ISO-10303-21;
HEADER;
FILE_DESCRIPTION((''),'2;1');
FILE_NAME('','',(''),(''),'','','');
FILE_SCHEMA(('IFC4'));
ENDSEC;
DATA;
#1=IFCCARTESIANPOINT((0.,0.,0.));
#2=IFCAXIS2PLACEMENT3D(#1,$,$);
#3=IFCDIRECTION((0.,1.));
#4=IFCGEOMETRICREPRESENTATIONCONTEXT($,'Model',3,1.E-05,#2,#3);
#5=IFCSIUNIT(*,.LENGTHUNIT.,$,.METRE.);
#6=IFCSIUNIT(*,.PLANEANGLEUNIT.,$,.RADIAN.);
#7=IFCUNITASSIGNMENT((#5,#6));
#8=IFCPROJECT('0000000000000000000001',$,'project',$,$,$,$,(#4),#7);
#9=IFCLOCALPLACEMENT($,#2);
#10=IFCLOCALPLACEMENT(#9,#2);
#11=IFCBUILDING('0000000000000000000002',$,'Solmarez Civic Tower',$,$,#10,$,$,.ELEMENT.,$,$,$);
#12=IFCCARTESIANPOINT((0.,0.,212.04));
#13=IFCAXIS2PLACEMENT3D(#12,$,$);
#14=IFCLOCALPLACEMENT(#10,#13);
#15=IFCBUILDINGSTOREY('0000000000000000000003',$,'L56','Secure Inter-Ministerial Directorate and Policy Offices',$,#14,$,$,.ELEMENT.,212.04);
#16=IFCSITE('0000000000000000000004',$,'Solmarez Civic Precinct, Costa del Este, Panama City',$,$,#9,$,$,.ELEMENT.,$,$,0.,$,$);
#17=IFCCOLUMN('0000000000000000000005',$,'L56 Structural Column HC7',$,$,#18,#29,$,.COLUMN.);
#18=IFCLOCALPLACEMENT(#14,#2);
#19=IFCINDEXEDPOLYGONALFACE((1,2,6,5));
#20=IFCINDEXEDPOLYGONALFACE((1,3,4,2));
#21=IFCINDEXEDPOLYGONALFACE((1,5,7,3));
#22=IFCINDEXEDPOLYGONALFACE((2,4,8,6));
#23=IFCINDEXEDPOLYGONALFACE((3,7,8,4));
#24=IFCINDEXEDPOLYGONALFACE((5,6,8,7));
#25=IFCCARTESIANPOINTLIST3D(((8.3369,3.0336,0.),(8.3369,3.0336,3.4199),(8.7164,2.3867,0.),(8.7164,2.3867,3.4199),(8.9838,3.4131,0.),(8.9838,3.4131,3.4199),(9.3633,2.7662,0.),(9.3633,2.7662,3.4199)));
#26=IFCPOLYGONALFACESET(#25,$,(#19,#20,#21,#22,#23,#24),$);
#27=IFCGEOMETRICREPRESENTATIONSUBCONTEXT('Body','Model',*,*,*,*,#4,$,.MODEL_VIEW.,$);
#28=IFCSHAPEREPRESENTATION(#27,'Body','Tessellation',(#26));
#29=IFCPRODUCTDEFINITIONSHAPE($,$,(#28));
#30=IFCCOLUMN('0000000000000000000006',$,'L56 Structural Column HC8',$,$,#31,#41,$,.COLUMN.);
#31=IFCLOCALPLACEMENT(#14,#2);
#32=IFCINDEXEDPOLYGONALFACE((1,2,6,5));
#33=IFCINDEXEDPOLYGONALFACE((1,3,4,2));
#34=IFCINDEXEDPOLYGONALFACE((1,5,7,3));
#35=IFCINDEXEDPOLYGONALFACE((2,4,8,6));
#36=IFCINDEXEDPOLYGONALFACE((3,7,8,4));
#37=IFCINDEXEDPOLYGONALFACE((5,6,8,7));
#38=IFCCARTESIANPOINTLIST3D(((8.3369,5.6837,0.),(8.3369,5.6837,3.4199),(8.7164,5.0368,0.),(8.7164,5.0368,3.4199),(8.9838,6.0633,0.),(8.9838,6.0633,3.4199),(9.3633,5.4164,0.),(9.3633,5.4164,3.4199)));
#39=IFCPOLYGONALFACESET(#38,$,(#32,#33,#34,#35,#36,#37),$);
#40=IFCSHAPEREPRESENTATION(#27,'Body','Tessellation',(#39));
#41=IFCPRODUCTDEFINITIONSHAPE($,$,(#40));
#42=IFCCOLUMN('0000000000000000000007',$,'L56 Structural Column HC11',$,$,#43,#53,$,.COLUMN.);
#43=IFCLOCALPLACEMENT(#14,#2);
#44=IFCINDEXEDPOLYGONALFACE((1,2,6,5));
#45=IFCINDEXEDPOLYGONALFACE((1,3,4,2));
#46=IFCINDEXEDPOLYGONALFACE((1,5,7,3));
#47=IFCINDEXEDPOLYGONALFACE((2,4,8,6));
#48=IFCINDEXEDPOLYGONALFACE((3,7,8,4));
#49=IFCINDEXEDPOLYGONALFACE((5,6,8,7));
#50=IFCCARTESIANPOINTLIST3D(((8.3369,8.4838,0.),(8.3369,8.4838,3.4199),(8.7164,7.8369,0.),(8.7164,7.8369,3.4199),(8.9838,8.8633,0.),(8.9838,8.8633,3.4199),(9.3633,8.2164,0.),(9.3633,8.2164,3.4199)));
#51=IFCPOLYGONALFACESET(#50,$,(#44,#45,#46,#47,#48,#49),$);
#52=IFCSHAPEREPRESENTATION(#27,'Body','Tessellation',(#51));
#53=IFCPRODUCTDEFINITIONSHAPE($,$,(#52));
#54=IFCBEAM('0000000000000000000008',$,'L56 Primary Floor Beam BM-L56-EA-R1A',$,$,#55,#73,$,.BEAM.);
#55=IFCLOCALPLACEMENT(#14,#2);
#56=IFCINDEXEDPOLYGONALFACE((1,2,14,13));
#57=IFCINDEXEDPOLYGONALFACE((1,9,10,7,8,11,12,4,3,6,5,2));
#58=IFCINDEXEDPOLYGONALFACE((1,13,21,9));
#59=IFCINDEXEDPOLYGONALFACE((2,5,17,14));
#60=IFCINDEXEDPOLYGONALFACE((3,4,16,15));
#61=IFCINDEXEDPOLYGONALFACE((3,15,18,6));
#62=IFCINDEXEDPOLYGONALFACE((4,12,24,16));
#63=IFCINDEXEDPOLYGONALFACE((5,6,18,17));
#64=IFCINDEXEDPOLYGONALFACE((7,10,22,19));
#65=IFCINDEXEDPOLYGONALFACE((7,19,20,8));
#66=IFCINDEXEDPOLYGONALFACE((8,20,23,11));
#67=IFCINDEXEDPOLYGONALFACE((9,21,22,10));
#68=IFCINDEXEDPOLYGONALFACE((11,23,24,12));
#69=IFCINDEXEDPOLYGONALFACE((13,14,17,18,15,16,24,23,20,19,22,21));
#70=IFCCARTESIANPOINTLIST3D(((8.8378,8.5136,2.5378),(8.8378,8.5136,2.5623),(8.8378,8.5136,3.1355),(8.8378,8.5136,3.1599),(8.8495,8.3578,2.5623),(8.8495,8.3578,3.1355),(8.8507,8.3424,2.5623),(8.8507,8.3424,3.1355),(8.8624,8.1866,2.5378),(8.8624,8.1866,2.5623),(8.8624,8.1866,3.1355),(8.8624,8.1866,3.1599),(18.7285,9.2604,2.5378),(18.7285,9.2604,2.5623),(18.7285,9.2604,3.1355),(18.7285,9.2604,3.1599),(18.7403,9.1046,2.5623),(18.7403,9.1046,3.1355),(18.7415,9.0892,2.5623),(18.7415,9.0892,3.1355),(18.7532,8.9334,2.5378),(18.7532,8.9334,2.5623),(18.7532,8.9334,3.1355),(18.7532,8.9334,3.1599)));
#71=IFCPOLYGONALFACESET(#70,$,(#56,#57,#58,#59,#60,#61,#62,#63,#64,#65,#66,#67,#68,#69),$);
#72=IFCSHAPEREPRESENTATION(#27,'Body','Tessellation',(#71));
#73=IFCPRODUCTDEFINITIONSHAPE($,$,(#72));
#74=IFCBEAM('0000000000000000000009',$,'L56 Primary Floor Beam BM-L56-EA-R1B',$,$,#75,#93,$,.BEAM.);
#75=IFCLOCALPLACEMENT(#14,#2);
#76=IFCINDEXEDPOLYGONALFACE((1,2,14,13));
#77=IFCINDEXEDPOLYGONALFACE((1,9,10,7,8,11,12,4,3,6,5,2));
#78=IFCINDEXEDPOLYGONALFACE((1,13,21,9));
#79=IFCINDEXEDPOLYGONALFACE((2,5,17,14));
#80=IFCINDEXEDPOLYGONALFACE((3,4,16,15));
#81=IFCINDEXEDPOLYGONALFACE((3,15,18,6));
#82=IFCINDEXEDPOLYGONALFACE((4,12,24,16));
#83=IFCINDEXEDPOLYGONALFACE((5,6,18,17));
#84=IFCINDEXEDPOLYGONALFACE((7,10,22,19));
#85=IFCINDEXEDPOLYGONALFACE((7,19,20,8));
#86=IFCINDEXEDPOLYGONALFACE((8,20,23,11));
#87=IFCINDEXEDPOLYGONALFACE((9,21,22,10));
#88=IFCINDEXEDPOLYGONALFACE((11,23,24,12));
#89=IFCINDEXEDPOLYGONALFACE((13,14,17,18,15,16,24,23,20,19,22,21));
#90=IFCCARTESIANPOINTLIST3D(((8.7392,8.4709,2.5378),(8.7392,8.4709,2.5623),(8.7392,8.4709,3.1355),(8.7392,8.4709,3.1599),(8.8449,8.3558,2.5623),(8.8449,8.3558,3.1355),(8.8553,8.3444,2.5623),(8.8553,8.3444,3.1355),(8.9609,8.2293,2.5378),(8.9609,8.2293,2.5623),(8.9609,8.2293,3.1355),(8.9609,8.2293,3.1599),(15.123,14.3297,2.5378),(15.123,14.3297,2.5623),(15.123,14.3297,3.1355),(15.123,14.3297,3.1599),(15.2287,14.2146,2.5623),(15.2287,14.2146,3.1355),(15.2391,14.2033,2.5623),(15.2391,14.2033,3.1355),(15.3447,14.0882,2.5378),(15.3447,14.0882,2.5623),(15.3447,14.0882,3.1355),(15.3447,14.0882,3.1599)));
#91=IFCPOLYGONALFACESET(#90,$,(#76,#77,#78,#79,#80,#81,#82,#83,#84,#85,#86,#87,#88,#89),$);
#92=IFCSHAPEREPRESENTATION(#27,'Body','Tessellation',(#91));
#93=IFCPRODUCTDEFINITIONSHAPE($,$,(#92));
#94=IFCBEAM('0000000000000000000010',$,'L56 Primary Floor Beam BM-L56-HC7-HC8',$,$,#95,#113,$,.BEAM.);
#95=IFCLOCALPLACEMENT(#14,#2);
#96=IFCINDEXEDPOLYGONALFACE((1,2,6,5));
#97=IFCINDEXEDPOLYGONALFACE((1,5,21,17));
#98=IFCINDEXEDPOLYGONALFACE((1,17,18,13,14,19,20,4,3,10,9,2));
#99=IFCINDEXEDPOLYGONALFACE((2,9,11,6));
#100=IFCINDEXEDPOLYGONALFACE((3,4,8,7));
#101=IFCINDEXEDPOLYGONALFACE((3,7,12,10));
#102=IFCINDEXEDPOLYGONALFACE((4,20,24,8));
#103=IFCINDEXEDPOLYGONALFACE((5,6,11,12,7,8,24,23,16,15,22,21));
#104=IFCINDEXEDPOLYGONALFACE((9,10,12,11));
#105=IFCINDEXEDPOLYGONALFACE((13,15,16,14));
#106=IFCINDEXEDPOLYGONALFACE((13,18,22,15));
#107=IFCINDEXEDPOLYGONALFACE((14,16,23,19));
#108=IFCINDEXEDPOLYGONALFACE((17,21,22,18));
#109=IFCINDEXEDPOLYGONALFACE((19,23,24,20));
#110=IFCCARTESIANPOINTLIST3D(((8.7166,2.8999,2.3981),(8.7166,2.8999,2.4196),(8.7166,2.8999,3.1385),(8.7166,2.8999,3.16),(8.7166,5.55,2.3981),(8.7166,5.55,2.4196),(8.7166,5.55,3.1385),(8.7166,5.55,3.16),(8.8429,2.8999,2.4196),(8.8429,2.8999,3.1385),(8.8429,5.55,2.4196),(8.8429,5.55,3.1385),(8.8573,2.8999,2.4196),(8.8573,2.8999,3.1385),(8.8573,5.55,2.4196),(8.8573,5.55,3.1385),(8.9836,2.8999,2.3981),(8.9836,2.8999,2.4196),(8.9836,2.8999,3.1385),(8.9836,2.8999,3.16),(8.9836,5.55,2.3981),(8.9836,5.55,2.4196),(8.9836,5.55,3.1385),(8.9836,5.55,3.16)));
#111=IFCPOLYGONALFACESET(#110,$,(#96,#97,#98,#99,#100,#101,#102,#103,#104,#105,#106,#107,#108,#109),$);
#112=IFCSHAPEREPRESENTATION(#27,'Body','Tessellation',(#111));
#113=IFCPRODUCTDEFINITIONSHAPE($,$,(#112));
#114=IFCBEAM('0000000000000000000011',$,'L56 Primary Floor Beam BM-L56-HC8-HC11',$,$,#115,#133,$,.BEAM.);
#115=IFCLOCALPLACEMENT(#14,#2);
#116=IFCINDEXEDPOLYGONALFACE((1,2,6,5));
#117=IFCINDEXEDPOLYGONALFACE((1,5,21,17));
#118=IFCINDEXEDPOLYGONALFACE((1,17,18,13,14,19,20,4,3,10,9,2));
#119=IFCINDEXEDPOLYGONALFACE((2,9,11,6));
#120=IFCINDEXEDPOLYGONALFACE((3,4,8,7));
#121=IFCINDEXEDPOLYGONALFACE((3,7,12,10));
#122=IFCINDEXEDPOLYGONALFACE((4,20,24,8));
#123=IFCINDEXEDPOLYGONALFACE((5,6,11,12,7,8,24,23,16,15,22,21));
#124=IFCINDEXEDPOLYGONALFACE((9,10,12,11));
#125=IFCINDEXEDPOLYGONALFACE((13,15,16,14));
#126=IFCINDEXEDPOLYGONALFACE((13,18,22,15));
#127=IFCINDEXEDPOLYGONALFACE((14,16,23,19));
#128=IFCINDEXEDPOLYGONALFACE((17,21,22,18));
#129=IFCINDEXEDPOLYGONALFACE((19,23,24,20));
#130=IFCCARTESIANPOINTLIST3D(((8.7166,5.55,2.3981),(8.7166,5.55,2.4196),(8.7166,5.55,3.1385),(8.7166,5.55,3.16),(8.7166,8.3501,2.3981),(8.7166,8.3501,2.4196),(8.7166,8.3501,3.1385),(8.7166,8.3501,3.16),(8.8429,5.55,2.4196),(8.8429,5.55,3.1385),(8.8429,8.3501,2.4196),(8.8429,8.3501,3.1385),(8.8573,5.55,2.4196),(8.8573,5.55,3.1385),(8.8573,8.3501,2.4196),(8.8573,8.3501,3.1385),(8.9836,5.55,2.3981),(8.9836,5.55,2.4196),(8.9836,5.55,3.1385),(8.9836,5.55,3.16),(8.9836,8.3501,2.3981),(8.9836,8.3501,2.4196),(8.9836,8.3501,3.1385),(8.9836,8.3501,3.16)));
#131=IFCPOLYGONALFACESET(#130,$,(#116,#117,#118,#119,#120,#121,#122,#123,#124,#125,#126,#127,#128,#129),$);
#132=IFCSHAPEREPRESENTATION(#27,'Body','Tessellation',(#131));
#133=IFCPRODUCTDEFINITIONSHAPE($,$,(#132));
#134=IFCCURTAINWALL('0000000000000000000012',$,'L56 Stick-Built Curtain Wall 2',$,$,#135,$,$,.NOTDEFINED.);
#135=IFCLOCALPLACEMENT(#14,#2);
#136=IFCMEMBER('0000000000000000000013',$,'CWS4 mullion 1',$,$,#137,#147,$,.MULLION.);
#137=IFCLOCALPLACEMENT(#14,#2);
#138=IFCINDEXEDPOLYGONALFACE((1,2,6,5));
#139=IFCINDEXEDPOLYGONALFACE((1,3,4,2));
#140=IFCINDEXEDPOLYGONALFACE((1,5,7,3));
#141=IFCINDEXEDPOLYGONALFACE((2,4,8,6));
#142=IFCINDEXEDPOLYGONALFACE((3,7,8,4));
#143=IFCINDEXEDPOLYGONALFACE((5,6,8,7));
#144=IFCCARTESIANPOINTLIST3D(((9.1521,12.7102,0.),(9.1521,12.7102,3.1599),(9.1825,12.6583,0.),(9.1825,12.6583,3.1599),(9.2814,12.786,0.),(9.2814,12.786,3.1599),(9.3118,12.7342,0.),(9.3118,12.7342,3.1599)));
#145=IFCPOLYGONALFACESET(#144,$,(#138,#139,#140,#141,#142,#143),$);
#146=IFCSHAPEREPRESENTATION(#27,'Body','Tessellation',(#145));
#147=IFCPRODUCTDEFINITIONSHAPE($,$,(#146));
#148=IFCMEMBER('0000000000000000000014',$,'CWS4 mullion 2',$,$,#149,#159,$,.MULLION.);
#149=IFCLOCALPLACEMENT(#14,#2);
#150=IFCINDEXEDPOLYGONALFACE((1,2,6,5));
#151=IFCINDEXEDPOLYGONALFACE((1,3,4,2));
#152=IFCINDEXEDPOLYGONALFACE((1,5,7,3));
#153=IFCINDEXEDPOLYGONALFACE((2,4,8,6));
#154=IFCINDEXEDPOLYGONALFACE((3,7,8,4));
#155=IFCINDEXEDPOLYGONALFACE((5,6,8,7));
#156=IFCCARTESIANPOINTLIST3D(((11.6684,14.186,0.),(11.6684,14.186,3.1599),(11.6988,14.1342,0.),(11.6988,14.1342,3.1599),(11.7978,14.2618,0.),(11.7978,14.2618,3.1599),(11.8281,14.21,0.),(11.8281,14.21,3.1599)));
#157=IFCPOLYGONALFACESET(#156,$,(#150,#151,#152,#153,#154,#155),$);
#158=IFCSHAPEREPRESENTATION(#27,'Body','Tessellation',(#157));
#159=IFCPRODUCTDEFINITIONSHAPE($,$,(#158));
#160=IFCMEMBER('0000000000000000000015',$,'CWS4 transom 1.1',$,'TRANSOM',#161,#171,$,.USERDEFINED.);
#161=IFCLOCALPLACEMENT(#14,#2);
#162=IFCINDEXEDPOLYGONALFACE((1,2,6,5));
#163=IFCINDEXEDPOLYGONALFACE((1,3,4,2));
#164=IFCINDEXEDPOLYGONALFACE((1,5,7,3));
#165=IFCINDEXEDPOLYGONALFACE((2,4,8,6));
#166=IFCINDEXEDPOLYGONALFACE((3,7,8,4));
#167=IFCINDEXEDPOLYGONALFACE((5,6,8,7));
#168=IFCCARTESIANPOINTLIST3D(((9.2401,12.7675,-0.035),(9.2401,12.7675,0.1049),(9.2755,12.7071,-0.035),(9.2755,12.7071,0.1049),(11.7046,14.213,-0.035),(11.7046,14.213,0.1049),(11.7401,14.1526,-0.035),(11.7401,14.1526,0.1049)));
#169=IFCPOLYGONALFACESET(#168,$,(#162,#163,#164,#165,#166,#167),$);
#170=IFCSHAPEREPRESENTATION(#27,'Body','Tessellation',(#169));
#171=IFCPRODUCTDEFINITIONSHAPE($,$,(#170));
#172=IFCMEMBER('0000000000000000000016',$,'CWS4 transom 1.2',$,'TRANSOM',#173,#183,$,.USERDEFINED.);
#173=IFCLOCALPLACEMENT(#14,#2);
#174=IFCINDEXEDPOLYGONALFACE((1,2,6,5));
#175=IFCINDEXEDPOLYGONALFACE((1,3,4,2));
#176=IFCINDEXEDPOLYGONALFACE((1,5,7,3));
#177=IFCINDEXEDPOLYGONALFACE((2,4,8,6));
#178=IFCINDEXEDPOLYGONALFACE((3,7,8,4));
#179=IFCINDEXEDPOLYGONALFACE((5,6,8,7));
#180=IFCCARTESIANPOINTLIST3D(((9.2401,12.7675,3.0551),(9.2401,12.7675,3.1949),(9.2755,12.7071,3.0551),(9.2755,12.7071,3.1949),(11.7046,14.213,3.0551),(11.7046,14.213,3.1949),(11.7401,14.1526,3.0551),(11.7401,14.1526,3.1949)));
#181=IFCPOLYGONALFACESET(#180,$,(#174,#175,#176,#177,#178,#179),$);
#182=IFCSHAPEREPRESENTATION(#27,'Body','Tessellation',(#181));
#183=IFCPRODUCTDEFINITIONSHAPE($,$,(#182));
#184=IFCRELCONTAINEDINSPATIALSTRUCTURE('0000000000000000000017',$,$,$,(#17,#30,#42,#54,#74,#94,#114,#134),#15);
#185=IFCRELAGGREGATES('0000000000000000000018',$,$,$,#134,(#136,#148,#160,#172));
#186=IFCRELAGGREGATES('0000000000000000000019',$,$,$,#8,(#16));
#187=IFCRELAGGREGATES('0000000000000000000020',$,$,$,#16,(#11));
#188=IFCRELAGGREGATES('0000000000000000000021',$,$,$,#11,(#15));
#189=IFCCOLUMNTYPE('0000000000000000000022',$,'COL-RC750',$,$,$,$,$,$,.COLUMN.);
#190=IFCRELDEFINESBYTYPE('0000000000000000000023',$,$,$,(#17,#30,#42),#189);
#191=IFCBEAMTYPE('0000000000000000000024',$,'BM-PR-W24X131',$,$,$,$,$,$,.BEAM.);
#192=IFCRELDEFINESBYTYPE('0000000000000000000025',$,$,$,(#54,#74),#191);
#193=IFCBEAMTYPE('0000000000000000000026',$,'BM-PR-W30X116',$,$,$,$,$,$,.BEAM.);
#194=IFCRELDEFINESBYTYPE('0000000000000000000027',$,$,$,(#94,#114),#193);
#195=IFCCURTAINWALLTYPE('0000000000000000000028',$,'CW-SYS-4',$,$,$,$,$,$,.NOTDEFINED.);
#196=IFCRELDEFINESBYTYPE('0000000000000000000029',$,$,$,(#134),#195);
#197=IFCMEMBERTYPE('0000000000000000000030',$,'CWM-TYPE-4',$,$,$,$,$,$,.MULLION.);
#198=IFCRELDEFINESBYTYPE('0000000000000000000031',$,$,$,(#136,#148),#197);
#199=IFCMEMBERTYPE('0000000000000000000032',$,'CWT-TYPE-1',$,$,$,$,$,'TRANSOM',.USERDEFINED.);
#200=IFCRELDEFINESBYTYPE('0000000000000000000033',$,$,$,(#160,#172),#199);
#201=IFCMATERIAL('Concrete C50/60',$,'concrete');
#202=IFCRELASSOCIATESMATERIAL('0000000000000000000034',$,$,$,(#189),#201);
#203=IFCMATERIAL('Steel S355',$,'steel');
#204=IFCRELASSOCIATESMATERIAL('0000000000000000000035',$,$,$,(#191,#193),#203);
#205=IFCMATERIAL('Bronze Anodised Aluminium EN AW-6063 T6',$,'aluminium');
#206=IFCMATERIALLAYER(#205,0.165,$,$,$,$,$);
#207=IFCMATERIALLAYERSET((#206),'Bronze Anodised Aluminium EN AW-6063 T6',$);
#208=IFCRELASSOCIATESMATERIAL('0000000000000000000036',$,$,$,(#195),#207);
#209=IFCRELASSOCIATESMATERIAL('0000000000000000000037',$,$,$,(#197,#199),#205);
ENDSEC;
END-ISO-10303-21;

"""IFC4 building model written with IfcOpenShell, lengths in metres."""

from ifc_helpers import new_model, si_unit, direction, frame, origin, origin_2d, place, context, subcontext, project, spatial, rectangle, i_section, extrude, material, layer, layer_set, material_profile, profile_set, type_object, element, aggregate, save


model = new_model("IFC4")

# Units and contexts
model_context = context("Model", 3, precision=1e-05, world=origin(), true_north=direction((0.0, 1.0)))
body_context = subcontext(model_context, "Body", "Model", "MODEL_VIEW")
ifc_project = project(units=[si_unit("LENGTHUNIT", "METRE"), si_unit("PLANEANGLEUNIT", "RADIAN")], contexts=[model_context])

# Site, building, storey
site_placement = place(None, origin())
site = spatial("IfcSite", under=ifc_project, at=site_placement, Name="Solmarez Civic Precinct, Costa del Este, Panama City", CompositionType="ELEMENT", RefElevation=0.0)
building_placement = place(site_placement, origin())
building = spatial("IfcBuilding", under=site, at=building_placement, Name="Solmarez Civic Tower", CompositionType="ELEMENT")
storey_placement = place(building_placement, frame((0.0, 0.0, 212.04)))
storey = spatial("IfcBuildingStorey", under=building, at=storey_placement, Name="L56", Description="Secure Inter-Ministerial Directorate and Policy Offices", CompositionType="ELEMENT", Elevation=212.04)

# Columns
ifc_material_1 = material(Name="Concrete C50/60", Category="concrete")
ifc_material_profile_1 = material_profile(ifc_material_1, rectangle(XDim=0.75, YDim=0.75, at=origin_2d()), Name="RC750X750")
ifc_profile_set_1 = profile_set([ifc_material_profile_1], Name="Concrete C50/60")
column_type = type_object("IfcColumnType", Name="COL-RC750", PredefinedType="COLUMN", material=ifc_profile_set_1)
for number, where, z_axis, x_axis, name in (
    (1, (8.8501, 2.8999, 0.0), (0.0, 0.0, 1.0), (0.862514, 0.506034, 0.0), "L56 Structural Column HC7"),
    (2, (8.8501, 5.55, 0.0), (0.0, 0.0, 1.0), (0.862514, 0.506034, 0.0), "L56 Structural Column HC8"),
    (3, (8.8501, 8.3501, 0.0), (0.0, 0.0, 1.0), (0.862514, 0.506034, 0.0), "L56 Structural Column HC11"),
):
    element("IfcColumn", number, at=place(storey_placement, frame(where, z_axis=z_axis, x_axis=x_axis)), inside=storey, type_object=column_type, Name=name, PredefinedType="COLUMN", context=body_context, shape_type="SweptSolid", body=[
        extrude(rectangle(XDim=0.75, YDim=0.75, at=origin_2d()), origin(), (0.0, 0.0, 1.0), 3.4199),
    ])

# Beams
ifc_material_2 = material(Name="Steel S355", Category="steel")
ifc_material_profile_2 = material_profile(ifc_material_2, i_section(OverallWidth=0.3279, OverallDepth=0.6221, WebThickness=0.0154, FlangeThickness=0.0244, at=origin_2d()), Name="W24X131")
ifc_profile_set_2 = profile_set([ifc_material_profile_2], Name="Steel S355")
beam_type_1 = type_object("IfcBeamType", Name="BM-PR-W24X131", PredefinedType="BEAM", material=ifc_profile_set_2)
beam_1_placement = place(storey_placement, frame((8.8501, 8.3501, 2.8489), z_axis=(0.997162, 0.075292, 0.0), x_axis=(-0.075292, 0.997162, 0.0)))
element("IfcBeam", 4, at=beam_1_placement, inside=storey, type_object=beam_type_1, Name="L56 Primary Floor Beam BM-L56-EA-R1A", PredefinedType="BEAM", context=body_context, shape_type="SweptSolid", body=[
    extrude(i_section(OverallWidth=0.3279, OverallDepth=0.6221, WebThickness=0.0154, FlangeThickness=0.0244, at=origin_2d()), origin(), (0.0, 0.0, 1.0), 9.9189),
])
beam_2_placement = place(storey_placement, frame((8.8501, 8.3501, 2.8489), z_axis=(0.736747, 0.676169, 0.0), x_axis=(-0.676169, 0.736747, 0.0)))
element("IfcBeam", 5, at=beam_2_placement, inside=storey, type_object=beam_type_1, Name="L56 Primary Floor Beam BM-L56-EA-R1B", PredefinedType="BEAM", context=body_context, shape_type="SweptSolid", body=[
    extrude(i_section(OverallWidth=0.3279, OverallDepth=0.6221, WebThickness=0.0154, FlangeThickness=0.0244, at=origin_2d()), origin(), (0.0, 0.0, 1.0), 8.6648),
])
ifc_material_profile_3 = material_profile(ifc_material_2, i_section(OverallWidth=0.2671, OverallDepth=0.762, WebThickness=0.0144, FlangeThickness=0.0215, at=origin_2d()), Name="W30X116")
ifc_profile_set_3 = profile_set([ifc_material_profile_3], Name="Steel S355")
beam_type_2 = type_object("IfcBeamType", Name="BM-PR-W30X116", PredefinedType="BEAM", material=ifc_profile_set_3)
beam_3_placement = place(storey_placement, frame((8.8501, 2.8999, 2.7791), z_axis=(0.0, 1.0, 0.0), x_axis=(-1.0, 0.0, 0.0)))
element("IfcBeam", 6, at=beam_3_placement, inside=storey, type_object=beam_type_2, Name="L56 Primary Floor Beam BM-L56-HC7-HC8", PredefinedType="BEAM", context=body_context, shape_type="SweptSolid", body=[
    extrude(i_section(OverallWidth=0.2671, OverallDepth=0.762, WebThickness=0.0144, FlangeThickness=0.0215, at=origin_2d()), origin(), (0.0, 0.0, 1.0), 2.6501),
])
beam_4_placement = place(storey_placement, frame((8.8501, 5.55, 2.7791), z_axis=(0.0, 1.0, 0.0), x_axis=(-1.0, 0.0, 0.0)))
element("IfcBeam", 7, at=beam_4_placement, inside=storey, type_object=beam_type_2, Name="L56 Primary Floor Beam BM-L56-HC8-HC11", PredefinedType="BEAM", context=body_context, shape_type="SweptSolid", body=[
    extrude(i_section(OverallWidth=0.2671, OverallDepth=0.762, WebThickness=0.0144, FlangeThickness=0.0215, at=origin_2d()), origin(), (0.0, 0.0, 1.0), 2.8),
])

# Curtain wall, members
ifc_material_3 = material(Name="Bronze Anodised Aluminium EN AW-6063 T6", Category="aluminium")
ifc_layer_1 = layer(ifc_material_3, 0.165)
ifc_layer_set_1 = layer_set([ifc_layer_1], Name="Bronze Anodised Aluminium EN AW-6063 T6")
curtain_wall_type = type_object("IfcCurtainWallType", Name="CW-SYS-4", PredefinedType="NOTDEFINED", material=ifc_layer_set_1)
curtain_wall_placement = place(storey_placement, origin())
curtain_wall = element("IfcCurtainWall", 8, at=curtain_wall_placement, inside=storey, type_object=curtain_wall_type, Name="L56 Stick-Built Curtain Wall 2", PredefinedType="NOTDEFINED")
ifc_material_profile_4 = material_profile(ifc_material_3, rectangle(XDim=0.0601, YDim=0.1499, at=origin_2d()), Name="CWM-60X150")
ifc_profile_set_4 = profile_set([ifc_material_profile_4], Name="Bronze Anodised Aluminium EN AW-6063 T6")
member_type_1 = type_object("IfcMemberType", Name="CWM-TYPE-4", PredefinedType="MULLION", material=ifc_profile_set_4)
member_1_placement = place(storey_placement, frame((9.2319, 12.7222, 0.0), z_axis=(0.0, 0.0, 1.0), x_axis=(-0.505888, 0.862599, 0.0)))
member_1 = element("IfcMember", 9, at=member_1_placement, type_object=member_type_1, Name="CWS4 mullion 1", PredefinedType="MULLION", context=body_context, shape_type="SweptSolid", body=[
    extrude(rectangle(XDim=0.0601, YDim=0.1499, at=origin_2d()), origin(), (0.0, 0.0, 1.0), 3.1599),
])
member_2_placement = place(storey_placement, frame((11.7483, 14.198, 0.0), z_axis=(0.0, 0.0, 1.0), x_axis=(-0.505888, 0.862599, 0.0)))
member_2 = element("IfcMember", 10, at=member_2_placement, type_object=member_type_1, Name="CWS4 mullion 2", PredefinedType="MULLION", context=body_context, shape_type="SweptSolid", body=[
    extrude(rectangle(XDim=0.0601, YDim=0.1499, at=origin_2d()), origin(), (0.0, 0.0, 1.0), 3.1599),
])
ifc_material_profile_5 = material_profile(ifc_material_3, rectangle(XDim=0.0701, YDim=0.1399, at=origin_2d()), Name="CWT-70X140")
ifc_profile_set_5 = profile_set([ifc_material_profile_5], Name="Bronze Anodised Aluminium EN AW-6063 T6")
member_type_2 = type_object("IfcMemberType", Name="CWT-TYPE-1", ElementType="TRANSOM", PredefinedType="USERDEFINED", material=ifc_profile_set_5)
member_3_placement = place(storey_placement, frame((9.2578, 12.7373, 0.0349), z_axis=(0.862577, 0.505926, 0.0), x_axis=(-0.505926, 0.862577, 0.0)))
member_3 = element("IfcMember", 11, at=member_3_placement, type_object=member_type_2, Name="CWS4 transom 1.1", ObjectType="TRANSOM", PredefinedType="USERDEFINED", context=body_context, shape_type="SweptSolid", body=[
    extrude(rectangle(XDim=0.0701, YDim=0.1399, at=origin_2d()), origin(), (0.0, 0.0, 1.0), 2.8572),
])
member_4_placement = place(storey_placement, frame((9.2578, 12.7373, 3.125), z_axis=(0.862577, 0.505926, 0.0), x_axis=(-0.505926, 0.862577, 0.0)))
member_4 = element("IfcMember", 12, at=member_4_placement, type_object=member_type_2, Name="CWS4 transom 1.2", ObjectType="TRANSOM", PredefinedType="USERDEFINED", context=body_context, shape_type="SweptSolid", body=[
    extrude(rectangle(XDim=0.0701, YDim=0.1399, at=origin_2d()), origin(), (0.0, 0.0, 1.0), 2.8572),
])
aggregate(curtain_wall, [member_1, member_2, member_3, member_4])

save(model, "model.ifc")
